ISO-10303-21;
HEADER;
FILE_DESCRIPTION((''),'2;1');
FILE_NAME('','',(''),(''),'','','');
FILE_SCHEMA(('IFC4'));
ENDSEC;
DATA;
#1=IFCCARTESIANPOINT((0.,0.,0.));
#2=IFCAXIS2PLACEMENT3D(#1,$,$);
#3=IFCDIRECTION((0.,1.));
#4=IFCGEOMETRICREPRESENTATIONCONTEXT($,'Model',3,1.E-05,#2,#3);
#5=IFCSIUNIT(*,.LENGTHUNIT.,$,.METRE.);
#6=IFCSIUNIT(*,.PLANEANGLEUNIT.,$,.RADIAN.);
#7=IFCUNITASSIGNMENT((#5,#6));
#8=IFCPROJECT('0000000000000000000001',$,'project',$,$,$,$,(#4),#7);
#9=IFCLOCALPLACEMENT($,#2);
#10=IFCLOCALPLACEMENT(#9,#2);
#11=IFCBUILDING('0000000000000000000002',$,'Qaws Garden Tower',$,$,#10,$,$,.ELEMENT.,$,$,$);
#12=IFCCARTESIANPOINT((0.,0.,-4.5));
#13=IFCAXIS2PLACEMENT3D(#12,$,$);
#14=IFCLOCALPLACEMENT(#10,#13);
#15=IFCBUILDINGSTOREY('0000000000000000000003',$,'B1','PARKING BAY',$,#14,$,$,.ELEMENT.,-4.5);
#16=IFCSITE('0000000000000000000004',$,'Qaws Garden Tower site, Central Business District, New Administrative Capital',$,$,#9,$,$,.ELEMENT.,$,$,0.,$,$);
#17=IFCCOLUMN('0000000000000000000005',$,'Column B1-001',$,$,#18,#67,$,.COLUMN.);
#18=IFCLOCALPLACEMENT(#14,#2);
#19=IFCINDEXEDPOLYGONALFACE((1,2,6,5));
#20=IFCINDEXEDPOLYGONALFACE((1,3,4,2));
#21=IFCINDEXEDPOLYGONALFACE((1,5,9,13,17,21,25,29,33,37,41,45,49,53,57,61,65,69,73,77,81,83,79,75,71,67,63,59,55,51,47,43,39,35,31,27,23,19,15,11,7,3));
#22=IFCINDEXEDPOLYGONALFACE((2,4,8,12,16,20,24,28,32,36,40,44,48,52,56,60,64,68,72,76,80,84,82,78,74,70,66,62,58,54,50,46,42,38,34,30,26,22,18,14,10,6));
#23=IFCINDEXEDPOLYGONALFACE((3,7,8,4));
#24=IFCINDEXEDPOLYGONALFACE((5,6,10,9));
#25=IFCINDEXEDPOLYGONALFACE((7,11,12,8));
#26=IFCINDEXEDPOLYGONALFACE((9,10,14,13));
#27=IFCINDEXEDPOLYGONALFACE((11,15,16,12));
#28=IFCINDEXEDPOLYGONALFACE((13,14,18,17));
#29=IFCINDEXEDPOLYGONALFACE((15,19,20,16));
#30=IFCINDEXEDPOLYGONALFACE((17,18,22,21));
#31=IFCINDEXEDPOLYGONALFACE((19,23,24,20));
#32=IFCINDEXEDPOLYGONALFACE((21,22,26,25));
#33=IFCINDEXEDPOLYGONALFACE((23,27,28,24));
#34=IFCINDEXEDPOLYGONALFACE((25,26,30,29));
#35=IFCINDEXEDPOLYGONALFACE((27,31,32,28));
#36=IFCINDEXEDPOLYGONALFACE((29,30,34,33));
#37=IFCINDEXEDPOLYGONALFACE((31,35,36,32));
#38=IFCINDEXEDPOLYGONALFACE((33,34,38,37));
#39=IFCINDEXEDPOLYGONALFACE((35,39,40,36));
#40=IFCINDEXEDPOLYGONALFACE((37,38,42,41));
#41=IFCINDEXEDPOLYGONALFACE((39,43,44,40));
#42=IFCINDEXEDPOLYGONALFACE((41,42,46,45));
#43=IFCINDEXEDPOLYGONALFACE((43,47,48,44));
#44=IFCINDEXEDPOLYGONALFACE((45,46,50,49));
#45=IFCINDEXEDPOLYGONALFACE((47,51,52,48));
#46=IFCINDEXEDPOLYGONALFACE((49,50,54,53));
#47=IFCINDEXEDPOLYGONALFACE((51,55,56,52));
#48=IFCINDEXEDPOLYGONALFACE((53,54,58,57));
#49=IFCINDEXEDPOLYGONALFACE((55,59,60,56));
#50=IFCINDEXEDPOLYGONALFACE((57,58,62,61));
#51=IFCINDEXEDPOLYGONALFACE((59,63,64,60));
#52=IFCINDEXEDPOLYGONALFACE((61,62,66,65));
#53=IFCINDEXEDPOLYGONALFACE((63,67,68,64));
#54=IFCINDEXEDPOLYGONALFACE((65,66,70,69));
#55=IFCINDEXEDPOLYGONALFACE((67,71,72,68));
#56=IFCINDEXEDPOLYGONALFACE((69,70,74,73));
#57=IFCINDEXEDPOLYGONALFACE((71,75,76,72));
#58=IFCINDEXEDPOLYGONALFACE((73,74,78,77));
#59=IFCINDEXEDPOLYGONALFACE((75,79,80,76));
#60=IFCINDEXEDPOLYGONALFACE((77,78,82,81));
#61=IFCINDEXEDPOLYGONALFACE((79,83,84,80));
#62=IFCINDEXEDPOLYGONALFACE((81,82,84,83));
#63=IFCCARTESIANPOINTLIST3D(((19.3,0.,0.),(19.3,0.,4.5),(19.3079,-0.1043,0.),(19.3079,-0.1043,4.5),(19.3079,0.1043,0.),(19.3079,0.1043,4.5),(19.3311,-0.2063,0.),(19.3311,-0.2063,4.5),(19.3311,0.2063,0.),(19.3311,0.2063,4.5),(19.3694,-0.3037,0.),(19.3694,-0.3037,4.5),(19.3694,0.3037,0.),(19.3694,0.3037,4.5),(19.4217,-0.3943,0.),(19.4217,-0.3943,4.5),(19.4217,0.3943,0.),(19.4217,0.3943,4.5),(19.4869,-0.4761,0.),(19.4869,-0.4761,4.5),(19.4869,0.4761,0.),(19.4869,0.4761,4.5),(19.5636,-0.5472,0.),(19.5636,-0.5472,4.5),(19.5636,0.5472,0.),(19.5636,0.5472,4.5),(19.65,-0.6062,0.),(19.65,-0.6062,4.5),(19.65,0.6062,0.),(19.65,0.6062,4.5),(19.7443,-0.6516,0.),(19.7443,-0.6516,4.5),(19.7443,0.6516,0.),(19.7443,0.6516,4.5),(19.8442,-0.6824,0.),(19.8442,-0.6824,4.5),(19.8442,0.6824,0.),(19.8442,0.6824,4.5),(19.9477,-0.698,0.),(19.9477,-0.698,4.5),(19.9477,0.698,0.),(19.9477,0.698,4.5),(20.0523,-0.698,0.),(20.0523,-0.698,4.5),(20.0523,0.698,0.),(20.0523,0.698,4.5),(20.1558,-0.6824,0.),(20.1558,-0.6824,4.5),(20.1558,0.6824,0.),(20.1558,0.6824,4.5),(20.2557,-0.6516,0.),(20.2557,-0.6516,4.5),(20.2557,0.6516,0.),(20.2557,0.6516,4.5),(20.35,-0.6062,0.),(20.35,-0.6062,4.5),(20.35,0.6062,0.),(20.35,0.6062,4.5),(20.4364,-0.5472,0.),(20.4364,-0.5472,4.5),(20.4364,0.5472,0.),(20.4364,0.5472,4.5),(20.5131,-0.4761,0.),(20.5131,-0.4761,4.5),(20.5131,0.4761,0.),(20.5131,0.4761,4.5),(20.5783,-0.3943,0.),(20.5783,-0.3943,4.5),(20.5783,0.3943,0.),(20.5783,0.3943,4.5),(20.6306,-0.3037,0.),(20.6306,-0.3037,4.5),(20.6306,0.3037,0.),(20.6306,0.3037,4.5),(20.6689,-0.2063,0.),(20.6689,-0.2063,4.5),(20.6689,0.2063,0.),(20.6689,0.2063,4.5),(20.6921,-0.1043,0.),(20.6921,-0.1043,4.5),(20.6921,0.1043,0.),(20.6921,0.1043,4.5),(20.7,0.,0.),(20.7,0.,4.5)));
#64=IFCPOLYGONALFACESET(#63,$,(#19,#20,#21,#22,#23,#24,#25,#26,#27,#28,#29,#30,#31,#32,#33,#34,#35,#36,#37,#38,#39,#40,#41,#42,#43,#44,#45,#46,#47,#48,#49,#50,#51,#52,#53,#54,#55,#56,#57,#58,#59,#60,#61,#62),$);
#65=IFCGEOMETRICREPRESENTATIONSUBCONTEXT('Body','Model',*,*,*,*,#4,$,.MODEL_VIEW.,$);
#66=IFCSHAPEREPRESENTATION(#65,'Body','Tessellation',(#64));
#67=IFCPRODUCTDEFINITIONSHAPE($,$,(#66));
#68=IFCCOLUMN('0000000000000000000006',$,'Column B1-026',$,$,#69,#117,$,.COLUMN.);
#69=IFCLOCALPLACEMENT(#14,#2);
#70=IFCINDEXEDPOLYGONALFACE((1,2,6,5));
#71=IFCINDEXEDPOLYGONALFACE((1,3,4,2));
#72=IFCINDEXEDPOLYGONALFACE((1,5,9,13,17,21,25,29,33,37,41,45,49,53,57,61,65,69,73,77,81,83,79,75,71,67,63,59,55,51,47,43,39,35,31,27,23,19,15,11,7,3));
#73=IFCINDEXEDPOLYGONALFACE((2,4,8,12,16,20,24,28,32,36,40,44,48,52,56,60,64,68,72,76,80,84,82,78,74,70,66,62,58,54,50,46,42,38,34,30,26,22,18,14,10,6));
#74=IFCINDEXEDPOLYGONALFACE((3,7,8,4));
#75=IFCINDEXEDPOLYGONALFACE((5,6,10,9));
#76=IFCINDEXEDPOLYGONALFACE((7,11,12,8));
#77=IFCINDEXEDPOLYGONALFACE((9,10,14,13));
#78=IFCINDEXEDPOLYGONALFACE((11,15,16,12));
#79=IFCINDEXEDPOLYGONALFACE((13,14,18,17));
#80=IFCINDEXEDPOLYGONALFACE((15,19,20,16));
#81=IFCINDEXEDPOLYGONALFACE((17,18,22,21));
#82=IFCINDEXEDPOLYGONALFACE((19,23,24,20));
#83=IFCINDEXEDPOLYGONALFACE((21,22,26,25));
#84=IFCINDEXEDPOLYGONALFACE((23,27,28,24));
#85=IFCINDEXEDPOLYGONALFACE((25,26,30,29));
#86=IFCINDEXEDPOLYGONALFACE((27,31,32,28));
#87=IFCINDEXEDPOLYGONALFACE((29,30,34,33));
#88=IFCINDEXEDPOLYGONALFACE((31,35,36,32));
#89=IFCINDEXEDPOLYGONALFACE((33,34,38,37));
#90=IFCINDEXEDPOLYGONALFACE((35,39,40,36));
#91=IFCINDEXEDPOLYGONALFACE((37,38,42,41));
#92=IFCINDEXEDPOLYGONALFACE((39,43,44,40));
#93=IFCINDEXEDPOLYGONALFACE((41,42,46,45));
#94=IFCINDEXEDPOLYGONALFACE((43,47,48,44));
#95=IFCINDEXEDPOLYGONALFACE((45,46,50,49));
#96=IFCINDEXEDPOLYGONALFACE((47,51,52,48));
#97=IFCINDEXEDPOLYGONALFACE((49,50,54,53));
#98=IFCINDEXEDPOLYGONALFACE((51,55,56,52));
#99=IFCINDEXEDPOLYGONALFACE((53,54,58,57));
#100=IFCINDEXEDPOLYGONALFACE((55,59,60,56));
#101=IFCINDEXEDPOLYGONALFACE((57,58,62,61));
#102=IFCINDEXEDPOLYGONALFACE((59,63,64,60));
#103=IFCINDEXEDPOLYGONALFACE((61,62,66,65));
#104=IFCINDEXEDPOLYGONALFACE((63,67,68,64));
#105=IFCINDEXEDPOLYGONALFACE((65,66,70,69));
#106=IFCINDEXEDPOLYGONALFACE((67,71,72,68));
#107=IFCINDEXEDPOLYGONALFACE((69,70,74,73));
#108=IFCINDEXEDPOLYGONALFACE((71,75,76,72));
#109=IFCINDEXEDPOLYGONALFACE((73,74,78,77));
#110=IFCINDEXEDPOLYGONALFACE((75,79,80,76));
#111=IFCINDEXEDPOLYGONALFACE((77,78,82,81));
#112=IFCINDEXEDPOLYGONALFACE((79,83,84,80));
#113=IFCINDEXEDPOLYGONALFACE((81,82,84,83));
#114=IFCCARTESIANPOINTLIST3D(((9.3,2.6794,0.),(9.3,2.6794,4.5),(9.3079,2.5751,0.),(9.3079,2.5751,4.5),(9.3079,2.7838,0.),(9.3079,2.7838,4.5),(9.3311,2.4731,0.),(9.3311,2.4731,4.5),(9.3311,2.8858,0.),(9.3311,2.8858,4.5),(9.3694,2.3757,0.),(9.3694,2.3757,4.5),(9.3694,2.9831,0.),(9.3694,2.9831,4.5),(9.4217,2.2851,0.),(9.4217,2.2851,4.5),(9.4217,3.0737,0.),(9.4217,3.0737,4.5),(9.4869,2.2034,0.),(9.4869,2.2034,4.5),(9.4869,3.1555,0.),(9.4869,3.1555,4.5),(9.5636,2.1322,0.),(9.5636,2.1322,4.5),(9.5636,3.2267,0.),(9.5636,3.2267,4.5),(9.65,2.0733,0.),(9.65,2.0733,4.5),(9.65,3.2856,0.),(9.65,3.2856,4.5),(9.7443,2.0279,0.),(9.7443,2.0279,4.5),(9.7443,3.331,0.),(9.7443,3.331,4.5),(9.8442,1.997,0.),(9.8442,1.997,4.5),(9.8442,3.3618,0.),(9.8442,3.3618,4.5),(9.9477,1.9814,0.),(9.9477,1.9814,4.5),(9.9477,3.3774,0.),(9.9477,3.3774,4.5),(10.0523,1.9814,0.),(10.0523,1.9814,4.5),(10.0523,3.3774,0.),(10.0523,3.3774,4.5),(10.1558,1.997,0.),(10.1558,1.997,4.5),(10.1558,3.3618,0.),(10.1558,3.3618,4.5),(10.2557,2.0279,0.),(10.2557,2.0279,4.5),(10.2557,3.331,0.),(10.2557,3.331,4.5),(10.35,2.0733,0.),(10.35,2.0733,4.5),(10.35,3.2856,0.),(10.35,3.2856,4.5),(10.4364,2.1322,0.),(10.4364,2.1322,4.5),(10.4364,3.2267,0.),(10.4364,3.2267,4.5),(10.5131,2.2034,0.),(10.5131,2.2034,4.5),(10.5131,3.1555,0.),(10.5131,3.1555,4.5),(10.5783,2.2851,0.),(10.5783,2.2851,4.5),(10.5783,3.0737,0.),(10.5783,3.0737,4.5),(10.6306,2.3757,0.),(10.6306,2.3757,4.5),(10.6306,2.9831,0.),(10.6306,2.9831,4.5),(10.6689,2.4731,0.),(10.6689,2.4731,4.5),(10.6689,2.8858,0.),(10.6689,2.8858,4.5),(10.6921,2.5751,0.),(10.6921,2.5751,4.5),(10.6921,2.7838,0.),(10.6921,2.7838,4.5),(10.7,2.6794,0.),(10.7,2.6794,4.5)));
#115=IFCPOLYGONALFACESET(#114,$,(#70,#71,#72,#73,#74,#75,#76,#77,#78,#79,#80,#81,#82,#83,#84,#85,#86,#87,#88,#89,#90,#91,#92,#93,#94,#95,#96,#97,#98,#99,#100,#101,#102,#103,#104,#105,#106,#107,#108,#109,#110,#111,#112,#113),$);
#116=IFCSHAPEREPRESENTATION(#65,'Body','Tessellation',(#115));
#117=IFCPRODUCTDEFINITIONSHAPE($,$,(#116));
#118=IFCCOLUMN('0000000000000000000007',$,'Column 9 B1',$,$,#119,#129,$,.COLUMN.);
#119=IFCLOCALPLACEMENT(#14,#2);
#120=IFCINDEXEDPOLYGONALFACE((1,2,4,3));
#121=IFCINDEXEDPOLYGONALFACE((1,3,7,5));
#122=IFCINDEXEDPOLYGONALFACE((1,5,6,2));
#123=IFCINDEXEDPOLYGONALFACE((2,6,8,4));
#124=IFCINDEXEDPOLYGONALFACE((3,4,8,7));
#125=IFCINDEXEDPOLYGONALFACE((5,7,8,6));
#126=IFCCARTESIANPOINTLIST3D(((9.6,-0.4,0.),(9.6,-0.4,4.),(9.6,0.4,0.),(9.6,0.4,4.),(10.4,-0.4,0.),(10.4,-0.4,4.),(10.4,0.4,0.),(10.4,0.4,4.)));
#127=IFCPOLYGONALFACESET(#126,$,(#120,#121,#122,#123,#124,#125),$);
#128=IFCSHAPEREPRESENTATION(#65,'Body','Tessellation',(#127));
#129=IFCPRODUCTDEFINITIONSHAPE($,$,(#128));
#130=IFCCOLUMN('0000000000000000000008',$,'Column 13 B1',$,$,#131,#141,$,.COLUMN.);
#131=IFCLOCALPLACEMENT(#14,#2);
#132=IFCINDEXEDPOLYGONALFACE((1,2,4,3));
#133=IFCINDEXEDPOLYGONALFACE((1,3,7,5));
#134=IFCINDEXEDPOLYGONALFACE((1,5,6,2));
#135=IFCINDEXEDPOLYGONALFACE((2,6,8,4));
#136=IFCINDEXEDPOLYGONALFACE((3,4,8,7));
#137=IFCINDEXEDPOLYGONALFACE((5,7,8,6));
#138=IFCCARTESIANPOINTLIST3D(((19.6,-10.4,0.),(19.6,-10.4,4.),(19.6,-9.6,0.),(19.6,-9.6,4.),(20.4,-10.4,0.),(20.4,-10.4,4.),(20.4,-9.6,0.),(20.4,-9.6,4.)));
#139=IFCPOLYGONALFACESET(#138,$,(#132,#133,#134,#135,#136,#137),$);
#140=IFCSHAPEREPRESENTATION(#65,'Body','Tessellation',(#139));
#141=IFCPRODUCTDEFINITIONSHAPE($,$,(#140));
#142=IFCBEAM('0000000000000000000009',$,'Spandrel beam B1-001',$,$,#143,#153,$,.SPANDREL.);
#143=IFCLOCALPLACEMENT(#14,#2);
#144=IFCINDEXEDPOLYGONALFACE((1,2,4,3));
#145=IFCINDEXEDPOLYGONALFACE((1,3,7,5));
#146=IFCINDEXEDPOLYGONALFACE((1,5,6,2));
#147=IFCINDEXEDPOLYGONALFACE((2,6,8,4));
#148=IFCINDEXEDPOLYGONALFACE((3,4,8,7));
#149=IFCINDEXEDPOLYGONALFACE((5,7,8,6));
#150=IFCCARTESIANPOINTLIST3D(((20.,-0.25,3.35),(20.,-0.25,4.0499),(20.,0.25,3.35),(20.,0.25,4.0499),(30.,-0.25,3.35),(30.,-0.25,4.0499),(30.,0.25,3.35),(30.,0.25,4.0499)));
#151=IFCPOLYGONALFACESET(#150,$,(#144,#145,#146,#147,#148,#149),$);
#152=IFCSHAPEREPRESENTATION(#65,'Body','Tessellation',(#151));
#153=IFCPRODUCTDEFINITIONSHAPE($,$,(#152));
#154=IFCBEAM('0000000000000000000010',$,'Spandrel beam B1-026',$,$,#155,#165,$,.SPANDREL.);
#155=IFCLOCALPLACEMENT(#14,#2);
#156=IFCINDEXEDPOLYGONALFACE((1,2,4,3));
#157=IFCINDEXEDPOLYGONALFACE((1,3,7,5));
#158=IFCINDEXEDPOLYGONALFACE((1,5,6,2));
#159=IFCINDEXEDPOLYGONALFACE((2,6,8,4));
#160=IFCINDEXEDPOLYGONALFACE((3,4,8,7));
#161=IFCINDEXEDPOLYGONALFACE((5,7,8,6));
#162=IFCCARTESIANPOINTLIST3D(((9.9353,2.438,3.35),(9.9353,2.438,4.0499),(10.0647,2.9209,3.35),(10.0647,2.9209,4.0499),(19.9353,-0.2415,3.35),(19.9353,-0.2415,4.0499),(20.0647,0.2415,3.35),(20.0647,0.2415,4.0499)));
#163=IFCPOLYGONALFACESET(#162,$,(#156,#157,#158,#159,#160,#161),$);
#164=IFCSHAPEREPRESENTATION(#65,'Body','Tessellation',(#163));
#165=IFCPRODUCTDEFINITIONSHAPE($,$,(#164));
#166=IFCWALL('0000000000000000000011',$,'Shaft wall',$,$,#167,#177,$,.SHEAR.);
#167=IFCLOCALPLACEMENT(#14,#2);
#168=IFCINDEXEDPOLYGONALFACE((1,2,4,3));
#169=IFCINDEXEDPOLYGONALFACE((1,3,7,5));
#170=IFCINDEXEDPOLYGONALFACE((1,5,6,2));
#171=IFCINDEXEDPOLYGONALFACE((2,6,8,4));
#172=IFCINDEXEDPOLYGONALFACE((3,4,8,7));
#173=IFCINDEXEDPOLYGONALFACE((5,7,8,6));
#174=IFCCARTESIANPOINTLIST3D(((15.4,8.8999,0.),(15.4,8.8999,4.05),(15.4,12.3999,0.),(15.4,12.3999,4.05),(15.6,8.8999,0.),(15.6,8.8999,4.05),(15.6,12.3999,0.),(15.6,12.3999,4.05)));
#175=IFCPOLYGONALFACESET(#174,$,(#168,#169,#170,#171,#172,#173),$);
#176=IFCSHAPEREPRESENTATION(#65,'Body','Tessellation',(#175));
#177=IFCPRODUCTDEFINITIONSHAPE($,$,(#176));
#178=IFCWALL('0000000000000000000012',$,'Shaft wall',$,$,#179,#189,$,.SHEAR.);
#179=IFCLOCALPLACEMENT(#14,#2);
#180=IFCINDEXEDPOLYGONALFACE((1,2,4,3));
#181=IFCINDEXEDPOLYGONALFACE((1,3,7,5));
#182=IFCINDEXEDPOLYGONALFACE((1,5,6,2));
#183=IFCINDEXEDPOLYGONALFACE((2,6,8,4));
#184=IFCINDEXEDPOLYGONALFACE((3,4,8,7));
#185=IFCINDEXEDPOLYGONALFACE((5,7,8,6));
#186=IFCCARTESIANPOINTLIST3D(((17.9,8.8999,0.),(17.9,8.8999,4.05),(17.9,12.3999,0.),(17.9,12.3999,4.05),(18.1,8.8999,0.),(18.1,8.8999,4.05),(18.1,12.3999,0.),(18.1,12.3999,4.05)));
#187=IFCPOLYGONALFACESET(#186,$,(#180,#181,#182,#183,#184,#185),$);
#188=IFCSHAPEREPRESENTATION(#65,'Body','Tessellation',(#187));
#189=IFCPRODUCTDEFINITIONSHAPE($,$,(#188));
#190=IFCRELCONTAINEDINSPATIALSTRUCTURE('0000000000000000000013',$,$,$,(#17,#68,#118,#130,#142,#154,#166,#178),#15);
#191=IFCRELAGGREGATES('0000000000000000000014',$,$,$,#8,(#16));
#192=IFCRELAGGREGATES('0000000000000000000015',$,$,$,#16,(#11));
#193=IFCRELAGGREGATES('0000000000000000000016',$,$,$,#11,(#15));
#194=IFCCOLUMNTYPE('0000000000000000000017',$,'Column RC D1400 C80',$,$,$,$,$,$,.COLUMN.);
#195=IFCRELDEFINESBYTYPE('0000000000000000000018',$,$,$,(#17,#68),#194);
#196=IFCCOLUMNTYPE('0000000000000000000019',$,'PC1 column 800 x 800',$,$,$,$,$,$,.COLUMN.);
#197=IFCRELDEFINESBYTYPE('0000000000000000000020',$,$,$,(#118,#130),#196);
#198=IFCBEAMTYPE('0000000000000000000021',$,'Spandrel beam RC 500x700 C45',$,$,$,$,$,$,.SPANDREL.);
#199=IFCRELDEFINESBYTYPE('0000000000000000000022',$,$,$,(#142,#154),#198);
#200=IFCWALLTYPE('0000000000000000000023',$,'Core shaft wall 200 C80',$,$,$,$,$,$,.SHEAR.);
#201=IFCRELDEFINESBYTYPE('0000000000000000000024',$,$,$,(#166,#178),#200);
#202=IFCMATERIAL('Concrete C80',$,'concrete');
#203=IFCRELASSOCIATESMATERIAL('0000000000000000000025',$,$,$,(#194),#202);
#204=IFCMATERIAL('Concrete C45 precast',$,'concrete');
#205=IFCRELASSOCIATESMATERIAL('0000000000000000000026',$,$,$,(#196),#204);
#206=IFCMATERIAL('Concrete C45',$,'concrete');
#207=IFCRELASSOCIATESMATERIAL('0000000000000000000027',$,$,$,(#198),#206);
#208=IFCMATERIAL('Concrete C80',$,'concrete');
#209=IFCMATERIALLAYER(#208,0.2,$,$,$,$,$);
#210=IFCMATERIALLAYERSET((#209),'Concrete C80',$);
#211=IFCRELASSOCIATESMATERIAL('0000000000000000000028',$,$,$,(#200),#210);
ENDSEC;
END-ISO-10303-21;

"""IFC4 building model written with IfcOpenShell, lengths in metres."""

from ifc_helpers import new_model, si_unit, direction, frame, frame_2d, origin, origin_2d, place, context, subcontext, project, spatial, rectangle, circle, extrude, material, layer, layer_set, material_profile, profile_set, type_object, element, save


model = new_model("IFC4")

# Units and contexts
model_context = context("Model", 3, precision=1e-05, world=origin(), true_north=direction((0.0, 1.0)))
body_context = subcontext(model_context, "Body", "Model", "MODEL_VIEW")
ifc_project = project(units=[si_unit("LENGTHUNIT", "METRE"), si_unit("PLANEANGLEUNIT", "RADIAN")], contexts=[model_context])

# Site, building, storey
site_placement = place(None, origin())
site = spatial("IfcSite", under=ifc_project, at=site_placement, Name="Qaws Garden Tower site, Central Business District, New Administrative Capital", CompositionType="ELEMENT", RefElevation=0.0)
building_placement = place(site_placement, origin())
building = spatial("IfcBuilding", under=site, at=building_placement, Name="Qaws Garden Tower", CompositionType="ELEMENT")
storey_placement = place(building_placement, frame((0.0, 0.0, -4.5)))
storey = spatial("IfcBuildingStorey", under=building, at=storey_placement, Name="B1", Description="PARKING BAY", CompositionType="ELEMENT", Elevation=-4.5)

# Columns
ifc_material_1 = material(Name="Concrete C80", Category="concrete")
ifc_material_profile_1 = material_profile(ifc_material_1, circle(Radius=0.7, at=origin_2d()), Name="RC D1400")
ifc_profile_set_1 = profile_set([ifc_material_profile_1], Name="Concrete C80")
column_type_1 = type_object("IfcColumnType", Name="Column RC D1400 C80", PredefinedType="COLUMN", material=ifc_profile_set_1)
for number, where, z_axis, x_axis, name in (
    (1, (20.0, 0.0, 0.0), (0.0, 0.0, 1.0), (1.0, 0.0, 0.0), "Column B1-001"),
    (2, (10.0, 2.6794, 0.0), (0.0, 0.0, 1.0), (1.0, 0.0, 0.0), "Column B1-026"),
):
    element("IfcColumn", number, at=place(storey_placement, frame(where, z_axis=z_axis, x_axis=x_axis)), inside=storey, type_object=column_type_1, Name=name, PredefinedType="COLUMN", context=body_context, shape_type="SweptSolid", body=[
        extrude(circle(Radius=0.7, at=origin_2d()), origin(), (0.0, 0.0, 1.0), 4.5),
    ])
ifc_material_2 = material(Name="Concrete C45 precast", Category="concrete")
ifc_material_profile_2 = material_profile(ifc_material_2, rectangle(XDim=0.8, YDim=0.8, at=origin_2d()), Name="PC1 column 800 x 800")
ifc_profile_set_2 = profile_set([ifc_material_profile_2], Name="Concrete C45 precast")
column_type_2 = type_object("IfcColumnType", Name="PC1 column 800 x 800", PredefinedType="COLUMN", material=ifc_profile_set_2)
for number, where, z_axis, x_axis, name in (
    (3, (10.0, 0.0, 0.0), (0.0, 0.0, 1.0), (1.0, 0.0, 0.0), "Column 9 B1"),
    (4, (20.0, -10.0, 0.0), (0.0, 0.0, 1.0), (1.0, 0.0, 0.0), "Column 13 B1"),
):
    element("IfcColumn", number, at=place(storey_placement, frame(where, z_axis=z_axis, x_axis=x_axis)), inside=storey, type_object=column_type_2, Name=name, PredefinedType="COLUMN", context=body_context, shape_type="SweptSolid", body=[
        extrude(rectangle(XDim=0.8, YDim=0.8, at=origin_2d()), origin(), (0.0, 0.0, 1.0), 4.0),
    ])

# Beams
ifc_material_3 = material(Name="Concrete C45", Category="concrete")
ifc_material_profile_3 = material_profile(ifc_material_3, rectangle(XDim=0.5, YDim=0.7, at=origin_2d()), Name="RC 500x700")
ifc_profile_set_3 = profile_set([ifc_material_profile_3], Name="Concrete C45")
beam_type = type_object("IfcBeamType", Name="Spandrel beam RC 500x700 C45", PredefinedType="SPANDREL", material=ifc_profile_set_3)
beam_1_placement = place(storey_placement, frame((20.0, 0.0, 3.7), z_axis=(1.0, 0.0, 0.0), x_axis=(0.0, 1.0, 0.0)))
element("IfcBeam", 5, at=beam_1_placement, inside=storey, type_object=beam_type, Name="Spandrel beam B1-001", PredefinedType="SPANDREL", context=body_context, shape_type="SweptSolid", body=[
    extrude(rectangle(XDim=0.5, YDim=0.7, at=origin_2d()), origin(), (0.0, 0.0, 1.0), 10.0),
])
beam_2_placement = place(storey_placement, frame((10.0, 2.6794, 3.7), z_axis=(0.965927, -0.258815, 0.0), x_axis=(0.258815, 0.965927, 0.0)))
element("IfcBeam", 6, at=beam_2_placement, inside=storey, type_object=beam_type, Name="Spandrel beam B1-026", PredefinedType="SPANDREL", context=body_context, shape_type="SweptSolid", body=[
    extrude(rectangle(XDim=0.5, YDim=0.7, at=origin_2d()), origin(), (0.0, 0.0, 1.0), 10.3528),
])

# Walls
ifc_material_4 = material(Name="Concrete C80", Category="concrete")
ifc_layer_1 = layer(ifc_material_4, 0.2)
ifc_layer_set_1 = layer_set([ifc_layer_1], Name="Concrete C80")
wall_type_1 = type_object("IfcWallType", Name="Core shaft wall 200 C80", PredefinedType="SHEAR", material=ifc_layer_set_1)
for number, where, z_axis, x_axis, name in (
    (7, (15.5, 8.8999, 0.0), (0.0, 0.0, 1.0), (0.0, 1.0, 0.0), "Shaft wall"),
    (8, (18.0, 8.8999, 0.0), (0.0, 0.0, 1.0), (0.0, 1.0, 0.0), "Shaft wall"),
):
    element("IfcWall", number, at=place(storey_placement, frame(where, z_axis=z_axis, x_axis=x_axis)), inside=storey, type_object=wall_type_1, Name=name, PredefinedType="SHEAR", context=body_context, shape_type="SweptSolid", body=[
        extrude(rectangle(XDim=3.5, YDim=0.2, at=frame_2d((1.75, 0.0))), origin(), (0.0, 0.0, 1.0), 4.05),
    ])

save(model, "model.ifc")
